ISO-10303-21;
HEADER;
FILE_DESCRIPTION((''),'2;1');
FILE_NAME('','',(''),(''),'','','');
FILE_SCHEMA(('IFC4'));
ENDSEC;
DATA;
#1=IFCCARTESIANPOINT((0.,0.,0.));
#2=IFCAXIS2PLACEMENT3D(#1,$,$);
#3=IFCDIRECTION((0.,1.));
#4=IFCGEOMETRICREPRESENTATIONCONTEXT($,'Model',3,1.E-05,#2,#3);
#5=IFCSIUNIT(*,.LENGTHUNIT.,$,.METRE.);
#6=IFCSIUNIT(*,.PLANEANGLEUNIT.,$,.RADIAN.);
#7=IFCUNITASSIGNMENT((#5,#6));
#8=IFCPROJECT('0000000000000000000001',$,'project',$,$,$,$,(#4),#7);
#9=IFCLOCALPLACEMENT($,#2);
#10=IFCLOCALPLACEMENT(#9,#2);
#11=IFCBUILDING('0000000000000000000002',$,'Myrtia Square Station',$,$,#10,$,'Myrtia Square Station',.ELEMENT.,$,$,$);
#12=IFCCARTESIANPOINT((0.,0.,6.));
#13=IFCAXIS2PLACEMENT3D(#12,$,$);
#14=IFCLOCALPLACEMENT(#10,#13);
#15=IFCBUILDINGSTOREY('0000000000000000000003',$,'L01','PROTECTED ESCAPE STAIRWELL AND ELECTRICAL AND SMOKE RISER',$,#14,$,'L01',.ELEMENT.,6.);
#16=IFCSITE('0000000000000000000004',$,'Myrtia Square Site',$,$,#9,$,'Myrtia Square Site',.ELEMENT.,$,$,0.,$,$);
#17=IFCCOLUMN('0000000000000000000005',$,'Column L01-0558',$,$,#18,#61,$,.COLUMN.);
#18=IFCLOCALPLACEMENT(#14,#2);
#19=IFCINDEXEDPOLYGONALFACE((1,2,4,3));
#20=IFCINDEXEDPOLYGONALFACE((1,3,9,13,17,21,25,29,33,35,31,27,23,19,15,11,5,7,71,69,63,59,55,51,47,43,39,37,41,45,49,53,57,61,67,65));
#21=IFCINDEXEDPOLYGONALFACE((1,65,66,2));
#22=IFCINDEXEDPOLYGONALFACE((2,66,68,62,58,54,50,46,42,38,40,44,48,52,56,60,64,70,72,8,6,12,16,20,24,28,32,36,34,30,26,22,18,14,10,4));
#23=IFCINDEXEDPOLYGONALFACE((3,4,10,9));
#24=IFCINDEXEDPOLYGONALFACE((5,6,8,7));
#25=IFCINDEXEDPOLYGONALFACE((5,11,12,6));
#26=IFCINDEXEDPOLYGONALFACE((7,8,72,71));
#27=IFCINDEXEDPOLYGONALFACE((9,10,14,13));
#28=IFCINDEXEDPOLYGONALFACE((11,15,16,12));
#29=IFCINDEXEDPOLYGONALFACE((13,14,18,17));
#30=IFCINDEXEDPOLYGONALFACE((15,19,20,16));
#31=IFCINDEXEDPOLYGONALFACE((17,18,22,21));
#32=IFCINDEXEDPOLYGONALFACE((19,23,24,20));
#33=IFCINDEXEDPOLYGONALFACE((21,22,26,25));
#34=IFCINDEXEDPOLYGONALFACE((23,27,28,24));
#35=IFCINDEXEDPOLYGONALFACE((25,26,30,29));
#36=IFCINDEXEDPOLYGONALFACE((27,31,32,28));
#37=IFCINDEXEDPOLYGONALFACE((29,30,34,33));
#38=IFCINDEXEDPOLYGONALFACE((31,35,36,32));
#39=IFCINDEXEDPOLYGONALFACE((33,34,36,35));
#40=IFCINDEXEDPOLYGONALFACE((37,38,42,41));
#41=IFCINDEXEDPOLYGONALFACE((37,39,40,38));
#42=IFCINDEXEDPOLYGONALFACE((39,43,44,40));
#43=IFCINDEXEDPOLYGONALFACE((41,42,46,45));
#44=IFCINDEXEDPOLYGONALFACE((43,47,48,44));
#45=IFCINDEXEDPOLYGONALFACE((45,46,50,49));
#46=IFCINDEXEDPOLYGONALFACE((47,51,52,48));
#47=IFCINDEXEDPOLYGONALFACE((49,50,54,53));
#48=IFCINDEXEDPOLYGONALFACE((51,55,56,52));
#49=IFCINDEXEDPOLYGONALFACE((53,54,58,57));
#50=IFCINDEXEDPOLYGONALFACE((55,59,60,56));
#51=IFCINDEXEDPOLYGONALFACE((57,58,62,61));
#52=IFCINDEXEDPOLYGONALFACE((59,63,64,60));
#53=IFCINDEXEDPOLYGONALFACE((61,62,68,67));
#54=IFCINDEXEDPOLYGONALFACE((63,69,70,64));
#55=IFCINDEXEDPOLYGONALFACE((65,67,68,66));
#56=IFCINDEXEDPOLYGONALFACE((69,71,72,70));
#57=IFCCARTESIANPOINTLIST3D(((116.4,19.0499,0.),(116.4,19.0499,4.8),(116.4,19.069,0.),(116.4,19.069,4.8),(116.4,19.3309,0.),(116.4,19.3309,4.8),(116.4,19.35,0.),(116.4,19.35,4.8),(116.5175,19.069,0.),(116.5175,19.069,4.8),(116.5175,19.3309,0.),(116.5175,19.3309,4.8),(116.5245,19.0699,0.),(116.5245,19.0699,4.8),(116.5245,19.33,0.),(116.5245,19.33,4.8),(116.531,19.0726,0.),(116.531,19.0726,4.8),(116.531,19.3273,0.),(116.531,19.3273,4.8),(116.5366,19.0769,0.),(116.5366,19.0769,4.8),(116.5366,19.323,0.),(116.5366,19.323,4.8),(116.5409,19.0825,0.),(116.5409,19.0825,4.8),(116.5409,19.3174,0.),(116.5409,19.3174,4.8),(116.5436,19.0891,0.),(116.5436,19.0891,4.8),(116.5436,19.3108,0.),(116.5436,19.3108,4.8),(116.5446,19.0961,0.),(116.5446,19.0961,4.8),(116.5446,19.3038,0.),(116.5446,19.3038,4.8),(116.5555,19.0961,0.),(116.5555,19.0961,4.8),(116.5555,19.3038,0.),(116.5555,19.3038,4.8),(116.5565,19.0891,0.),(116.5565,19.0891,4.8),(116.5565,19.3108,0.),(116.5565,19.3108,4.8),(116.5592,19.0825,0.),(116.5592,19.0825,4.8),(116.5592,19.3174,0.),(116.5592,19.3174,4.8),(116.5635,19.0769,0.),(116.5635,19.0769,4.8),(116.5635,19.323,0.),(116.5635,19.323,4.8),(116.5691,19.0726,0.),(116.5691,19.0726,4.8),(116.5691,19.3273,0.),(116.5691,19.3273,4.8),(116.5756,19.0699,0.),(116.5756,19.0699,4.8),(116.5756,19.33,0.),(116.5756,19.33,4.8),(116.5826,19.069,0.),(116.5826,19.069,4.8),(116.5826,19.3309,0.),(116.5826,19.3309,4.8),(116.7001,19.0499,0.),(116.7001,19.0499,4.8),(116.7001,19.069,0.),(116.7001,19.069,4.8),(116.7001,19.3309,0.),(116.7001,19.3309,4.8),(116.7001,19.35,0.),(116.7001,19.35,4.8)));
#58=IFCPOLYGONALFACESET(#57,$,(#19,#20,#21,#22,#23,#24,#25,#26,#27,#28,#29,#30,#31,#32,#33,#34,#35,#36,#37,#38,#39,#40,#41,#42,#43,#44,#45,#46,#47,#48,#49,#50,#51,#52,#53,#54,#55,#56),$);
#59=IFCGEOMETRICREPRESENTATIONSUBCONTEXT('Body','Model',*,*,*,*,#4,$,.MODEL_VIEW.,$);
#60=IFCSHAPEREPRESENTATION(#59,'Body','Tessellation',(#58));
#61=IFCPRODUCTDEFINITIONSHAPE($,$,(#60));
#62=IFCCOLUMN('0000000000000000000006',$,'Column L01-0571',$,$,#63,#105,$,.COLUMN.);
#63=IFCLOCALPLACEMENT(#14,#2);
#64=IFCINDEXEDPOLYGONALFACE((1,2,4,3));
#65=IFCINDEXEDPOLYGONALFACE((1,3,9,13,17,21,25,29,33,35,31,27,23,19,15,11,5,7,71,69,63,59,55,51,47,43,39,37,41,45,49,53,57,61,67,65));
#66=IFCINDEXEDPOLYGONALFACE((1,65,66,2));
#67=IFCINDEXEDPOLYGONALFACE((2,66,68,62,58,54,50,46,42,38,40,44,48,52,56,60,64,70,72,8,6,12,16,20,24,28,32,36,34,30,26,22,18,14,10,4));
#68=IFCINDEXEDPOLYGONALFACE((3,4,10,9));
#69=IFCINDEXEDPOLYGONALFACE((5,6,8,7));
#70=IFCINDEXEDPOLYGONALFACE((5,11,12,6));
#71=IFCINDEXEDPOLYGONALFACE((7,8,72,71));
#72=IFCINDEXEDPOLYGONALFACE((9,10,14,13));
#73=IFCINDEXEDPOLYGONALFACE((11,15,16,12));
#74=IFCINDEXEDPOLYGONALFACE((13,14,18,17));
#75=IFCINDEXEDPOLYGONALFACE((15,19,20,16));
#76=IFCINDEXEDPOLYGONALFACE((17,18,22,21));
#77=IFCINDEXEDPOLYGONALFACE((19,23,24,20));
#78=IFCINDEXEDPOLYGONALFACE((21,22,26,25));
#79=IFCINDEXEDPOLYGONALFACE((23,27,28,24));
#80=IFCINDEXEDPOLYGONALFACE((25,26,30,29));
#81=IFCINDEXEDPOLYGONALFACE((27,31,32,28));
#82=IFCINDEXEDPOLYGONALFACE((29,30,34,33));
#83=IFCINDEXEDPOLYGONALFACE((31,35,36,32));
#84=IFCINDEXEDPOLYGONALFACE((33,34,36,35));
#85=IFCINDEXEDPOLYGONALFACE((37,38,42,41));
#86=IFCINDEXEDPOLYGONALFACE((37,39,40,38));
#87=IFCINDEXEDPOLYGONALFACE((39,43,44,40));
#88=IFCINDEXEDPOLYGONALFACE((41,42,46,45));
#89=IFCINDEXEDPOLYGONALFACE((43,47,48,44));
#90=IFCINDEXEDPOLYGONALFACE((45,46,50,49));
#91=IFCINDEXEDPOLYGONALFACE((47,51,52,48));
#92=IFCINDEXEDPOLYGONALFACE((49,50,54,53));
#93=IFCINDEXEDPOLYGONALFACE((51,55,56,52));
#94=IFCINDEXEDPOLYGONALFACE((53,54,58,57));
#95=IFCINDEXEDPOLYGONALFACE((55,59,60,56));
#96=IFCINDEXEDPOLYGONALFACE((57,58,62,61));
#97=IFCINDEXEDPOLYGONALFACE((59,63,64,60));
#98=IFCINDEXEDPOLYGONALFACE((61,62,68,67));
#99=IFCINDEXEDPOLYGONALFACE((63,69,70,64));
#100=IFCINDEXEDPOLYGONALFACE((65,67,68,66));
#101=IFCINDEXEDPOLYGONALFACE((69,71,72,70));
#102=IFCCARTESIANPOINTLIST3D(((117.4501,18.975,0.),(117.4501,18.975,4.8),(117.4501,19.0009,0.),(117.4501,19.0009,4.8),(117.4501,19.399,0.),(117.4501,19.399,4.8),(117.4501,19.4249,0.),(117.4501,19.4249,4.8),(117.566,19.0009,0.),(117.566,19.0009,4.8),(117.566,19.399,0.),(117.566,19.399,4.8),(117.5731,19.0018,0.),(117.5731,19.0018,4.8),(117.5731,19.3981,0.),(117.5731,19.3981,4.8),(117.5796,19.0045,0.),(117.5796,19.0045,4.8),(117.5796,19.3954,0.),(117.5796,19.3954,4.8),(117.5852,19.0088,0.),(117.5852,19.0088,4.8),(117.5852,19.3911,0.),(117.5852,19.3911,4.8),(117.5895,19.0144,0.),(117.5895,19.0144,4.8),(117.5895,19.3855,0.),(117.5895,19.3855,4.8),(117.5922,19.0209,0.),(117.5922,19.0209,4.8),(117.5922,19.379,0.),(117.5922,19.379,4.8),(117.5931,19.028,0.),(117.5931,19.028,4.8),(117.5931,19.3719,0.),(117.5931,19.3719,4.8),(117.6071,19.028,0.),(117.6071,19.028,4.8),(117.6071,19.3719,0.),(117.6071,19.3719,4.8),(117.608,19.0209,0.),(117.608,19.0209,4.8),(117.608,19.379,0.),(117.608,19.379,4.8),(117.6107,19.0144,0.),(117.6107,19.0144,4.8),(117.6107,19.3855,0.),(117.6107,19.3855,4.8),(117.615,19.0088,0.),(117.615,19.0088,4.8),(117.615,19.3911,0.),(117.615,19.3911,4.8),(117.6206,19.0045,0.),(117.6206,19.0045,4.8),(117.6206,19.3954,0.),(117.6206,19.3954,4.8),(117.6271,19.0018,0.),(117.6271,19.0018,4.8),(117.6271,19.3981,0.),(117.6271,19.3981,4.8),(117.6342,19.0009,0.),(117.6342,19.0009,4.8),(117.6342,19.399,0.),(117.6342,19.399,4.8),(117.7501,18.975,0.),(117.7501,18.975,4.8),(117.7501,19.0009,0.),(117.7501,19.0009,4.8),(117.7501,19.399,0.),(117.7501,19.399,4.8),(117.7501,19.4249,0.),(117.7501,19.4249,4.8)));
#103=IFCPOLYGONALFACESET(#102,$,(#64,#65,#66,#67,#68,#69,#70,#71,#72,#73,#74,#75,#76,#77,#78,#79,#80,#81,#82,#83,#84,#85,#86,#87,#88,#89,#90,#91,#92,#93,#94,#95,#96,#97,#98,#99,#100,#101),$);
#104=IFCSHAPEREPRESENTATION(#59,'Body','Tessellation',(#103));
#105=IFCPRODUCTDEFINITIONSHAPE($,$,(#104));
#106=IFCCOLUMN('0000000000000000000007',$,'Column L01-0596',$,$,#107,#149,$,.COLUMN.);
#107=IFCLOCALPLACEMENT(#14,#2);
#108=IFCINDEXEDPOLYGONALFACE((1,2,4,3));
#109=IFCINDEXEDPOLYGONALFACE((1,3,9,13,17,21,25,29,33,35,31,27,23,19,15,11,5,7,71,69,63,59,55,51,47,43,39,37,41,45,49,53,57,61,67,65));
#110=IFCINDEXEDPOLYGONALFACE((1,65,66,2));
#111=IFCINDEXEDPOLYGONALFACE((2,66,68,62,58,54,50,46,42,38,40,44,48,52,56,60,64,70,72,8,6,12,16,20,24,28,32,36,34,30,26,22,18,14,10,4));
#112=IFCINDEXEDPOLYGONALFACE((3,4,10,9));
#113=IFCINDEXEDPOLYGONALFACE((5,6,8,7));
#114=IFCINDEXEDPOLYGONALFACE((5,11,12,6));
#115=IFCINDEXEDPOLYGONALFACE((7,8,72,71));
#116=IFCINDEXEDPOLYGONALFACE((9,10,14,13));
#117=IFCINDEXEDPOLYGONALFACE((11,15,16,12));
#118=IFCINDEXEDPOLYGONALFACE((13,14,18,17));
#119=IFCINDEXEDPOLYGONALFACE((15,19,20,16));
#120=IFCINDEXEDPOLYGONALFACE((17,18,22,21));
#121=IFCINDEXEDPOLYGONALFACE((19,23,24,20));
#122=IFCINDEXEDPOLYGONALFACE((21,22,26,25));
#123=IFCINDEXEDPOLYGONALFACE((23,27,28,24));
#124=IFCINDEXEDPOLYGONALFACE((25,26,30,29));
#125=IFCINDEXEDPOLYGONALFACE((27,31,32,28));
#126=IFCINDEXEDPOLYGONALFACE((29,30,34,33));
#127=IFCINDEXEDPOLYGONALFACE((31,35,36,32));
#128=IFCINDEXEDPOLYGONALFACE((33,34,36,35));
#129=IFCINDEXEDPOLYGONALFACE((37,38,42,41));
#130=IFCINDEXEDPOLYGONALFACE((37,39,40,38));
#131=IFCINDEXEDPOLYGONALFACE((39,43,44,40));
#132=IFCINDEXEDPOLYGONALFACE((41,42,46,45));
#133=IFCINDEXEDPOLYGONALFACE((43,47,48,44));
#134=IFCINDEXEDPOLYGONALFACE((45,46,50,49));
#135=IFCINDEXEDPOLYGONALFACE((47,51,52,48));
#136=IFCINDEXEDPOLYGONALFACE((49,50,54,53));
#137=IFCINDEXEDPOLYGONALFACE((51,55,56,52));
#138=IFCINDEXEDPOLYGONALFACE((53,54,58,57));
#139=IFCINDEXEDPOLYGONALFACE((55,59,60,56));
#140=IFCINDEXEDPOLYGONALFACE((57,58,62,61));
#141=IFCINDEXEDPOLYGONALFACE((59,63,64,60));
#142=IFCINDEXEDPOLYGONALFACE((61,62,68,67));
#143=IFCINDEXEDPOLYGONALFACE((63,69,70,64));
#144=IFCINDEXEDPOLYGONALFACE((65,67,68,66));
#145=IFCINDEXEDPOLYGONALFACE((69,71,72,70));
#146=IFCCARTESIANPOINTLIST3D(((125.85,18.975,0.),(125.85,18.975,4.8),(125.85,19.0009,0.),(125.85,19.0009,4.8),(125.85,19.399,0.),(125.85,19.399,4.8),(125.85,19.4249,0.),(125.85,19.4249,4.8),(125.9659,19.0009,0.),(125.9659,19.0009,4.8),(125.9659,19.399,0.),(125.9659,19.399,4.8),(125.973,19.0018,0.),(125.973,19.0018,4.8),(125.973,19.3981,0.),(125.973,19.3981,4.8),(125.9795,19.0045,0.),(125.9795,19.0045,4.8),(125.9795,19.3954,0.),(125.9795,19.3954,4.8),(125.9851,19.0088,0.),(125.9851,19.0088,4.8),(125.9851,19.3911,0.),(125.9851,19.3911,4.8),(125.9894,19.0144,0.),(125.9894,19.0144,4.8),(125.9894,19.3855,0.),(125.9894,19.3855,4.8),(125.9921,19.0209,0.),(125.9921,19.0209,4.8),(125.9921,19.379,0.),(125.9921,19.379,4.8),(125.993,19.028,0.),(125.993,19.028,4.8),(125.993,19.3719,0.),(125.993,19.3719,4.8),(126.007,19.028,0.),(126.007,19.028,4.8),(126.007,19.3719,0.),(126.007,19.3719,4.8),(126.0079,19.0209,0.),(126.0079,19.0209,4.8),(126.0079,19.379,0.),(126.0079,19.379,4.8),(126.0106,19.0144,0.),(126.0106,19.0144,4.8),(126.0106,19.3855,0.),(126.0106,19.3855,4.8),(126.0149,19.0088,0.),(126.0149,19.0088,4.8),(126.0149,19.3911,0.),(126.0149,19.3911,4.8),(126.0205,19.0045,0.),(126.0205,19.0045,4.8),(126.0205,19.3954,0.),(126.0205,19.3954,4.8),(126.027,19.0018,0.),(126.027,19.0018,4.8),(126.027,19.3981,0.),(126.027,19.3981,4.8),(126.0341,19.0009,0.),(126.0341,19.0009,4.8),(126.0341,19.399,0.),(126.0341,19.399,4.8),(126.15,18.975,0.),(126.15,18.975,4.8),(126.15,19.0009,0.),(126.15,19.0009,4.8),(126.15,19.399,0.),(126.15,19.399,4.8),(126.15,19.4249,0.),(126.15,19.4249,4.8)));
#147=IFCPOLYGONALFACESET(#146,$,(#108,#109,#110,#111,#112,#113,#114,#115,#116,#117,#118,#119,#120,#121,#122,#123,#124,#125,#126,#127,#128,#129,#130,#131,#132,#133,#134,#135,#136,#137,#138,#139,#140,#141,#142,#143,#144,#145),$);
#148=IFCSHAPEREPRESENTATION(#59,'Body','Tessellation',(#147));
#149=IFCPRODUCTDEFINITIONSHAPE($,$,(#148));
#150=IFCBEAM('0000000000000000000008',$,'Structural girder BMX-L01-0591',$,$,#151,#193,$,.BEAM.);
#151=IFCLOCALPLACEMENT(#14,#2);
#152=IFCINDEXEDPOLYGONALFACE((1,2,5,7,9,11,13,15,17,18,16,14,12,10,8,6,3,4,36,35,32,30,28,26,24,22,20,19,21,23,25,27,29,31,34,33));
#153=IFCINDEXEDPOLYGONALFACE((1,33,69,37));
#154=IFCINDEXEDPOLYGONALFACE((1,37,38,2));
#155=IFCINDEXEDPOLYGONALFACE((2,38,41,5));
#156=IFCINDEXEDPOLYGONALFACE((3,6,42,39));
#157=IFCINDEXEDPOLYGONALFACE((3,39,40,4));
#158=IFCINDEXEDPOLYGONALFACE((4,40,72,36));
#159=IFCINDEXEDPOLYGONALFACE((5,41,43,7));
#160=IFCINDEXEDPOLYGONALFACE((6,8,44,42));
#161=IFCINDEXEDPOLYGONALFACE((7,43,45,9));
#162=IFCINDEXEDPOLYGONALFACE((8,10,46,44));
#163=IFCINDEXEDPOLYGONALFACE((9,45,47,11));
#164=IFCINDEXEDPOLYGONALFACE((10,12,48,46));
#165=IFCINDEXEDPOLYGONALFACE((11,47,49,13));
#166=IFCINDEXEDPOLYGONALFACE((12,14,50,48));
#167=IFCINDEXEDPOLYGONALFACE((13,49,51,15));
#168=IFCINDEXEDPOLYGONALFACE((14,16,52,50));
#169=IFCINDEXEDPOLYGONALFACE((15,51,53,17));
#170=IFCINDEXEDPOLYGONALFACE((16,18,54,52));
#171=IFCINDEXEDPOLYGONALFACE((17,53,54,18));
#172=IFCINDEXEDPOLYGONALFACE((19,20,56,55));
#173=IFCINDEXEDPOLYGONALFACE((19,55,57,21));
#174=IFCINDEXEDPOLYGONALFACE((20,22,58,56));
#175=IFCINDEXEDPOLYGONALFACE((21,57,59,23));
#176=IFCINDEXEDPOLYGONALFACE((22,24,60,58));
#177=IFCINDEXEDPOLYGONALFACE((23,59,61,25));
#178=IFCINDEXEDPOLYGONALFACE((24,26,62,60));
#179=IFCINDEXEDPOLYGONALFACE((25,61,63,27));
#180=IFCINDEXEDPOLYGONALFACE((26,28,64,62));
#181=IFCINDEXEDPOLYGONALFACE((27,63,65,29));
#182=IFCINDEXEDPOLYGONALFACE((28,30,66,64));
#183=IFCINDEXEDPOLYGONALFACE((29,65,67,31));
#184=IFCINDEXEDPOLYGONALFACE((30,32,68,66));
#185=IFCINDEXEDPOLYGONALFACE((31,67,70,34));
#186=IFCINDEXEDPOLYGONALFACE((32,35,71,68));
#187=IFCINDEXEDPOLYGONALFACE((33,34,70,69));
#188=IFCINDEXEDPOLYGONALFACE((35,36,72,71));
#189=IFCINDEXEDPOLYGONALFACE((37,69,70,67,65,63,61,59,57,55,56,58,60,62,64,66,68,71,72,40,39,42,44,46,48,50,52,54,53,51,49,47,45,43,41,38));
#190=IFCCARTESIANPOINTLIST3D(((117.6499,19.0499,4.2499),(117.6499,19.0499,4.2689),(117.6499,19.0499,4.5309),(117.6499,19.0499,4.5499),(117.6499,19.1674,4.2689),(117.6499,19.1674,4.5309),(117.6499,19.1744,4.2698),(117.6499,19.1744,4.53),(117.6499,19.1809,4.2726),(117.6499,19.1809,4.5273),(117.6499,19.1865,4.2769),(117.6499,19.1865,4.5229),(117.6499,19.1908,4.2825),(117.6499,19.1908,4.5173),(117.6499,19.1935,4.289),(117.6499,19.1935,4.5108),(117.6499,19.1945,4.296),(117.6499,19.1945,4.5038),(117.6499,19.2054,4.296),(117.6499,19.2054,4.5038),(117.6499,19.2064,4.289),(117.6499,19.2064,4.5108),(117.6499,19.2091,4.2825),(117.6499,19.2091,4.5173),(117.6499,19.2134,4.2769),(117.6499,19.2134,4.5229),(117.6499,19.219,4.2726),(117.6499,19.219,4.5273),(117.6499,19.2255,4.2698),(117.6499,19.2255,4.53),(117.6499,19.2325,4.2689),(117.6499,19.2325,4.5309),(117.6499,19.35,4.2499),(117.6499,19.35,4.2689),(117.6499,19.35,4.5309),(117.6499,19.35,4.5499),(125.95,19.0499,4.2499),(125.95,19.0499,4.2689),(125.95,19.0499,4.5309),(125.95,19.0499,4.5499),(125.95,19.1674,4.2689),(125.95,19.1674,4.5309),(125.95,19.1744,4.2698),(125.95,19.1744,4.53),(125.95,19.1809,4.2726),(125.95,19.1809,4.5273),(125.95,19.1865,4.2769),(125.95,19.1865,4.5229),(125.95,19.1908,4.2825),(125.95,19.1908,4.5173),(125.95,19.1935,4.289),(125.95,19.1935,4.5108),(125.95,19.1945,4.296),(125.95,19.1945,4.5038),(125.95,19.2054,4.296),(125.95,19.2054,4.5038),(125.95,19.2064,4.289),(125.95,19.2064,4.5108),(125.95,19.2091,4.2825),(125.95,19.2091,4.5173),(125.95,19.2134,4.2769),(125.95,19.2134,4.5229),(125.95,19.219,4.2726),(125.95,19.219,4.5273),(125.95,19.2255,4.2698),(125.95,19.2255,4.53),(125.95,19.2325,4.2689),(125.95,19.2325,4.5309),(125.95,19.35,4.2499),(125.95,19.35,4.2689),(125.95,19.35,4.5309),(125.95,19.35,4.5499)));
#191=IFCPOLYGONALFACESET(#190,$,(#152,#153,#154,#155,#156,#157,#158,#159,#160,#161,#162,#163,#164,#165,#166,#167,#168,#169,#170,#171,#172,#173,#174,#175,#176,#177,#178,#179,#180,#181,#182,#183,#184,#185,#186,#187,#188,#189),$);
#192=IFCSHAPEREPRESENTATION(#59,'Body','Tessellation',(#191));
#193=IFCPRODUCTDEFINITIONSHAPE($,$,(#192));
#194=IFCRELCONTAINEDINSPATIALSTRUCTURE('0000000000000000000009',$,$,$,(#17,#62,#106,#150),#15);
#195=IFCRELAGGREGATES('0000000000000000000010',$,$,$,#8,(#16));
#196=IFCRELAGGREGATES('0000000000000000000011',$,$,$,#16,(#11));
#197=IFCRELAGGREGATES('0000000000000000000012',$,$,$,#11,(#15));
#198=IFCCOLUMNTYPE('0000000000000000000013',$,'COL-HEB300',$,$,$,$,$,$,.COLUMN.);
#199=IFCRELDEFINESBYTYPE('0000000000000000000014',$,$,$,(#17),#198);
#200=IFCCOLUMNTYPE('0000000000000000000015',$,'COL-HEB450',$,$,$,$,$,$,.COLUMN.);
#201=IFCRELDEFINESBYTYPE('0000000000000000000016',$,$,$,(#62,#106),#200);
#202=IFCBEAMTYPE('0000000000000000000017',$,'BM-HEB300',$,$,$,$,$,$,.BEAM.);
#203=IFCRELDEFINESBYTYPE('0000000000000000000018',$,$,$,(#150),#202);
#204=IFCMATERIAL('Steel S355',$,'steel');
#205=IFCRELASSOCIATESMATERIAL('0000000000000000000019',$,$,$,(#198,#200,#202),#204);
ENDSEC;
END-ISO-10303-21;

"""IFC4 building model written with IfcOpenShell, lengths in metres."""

from ifc_helpers import new_model, si_unit, direction, frame, origin, origin_2d, place, context, subcontext, project, spatial, i_section, extrude, material, material_profile, profile_set, type_object, element, save


model = new_model("IFC4")

# Units and contexts
model_context = context("Model", 3, precision=1e-05, world=origin(), true_north=direction((0.0, 1.0)))
body_context = subcontext(model_context, "Body", "Model", "MODEL_VIEW")
ifc_project = project(units=[si_unit("LENGTHUNIT", "METRE"), si_unit("PLANEANGLEUNIT", "RADIAN")], contexts=[model_context])

# Site, building, storey
site_placement = place(None, origin())
site = spatial("IfcSite", under=ifc_project, at=site_placement, Name="Myrtia Square Site", LongName="Myrtia Square Site", CompositionType="ELEMENT", RefElevation=0.0)
building_placement = place(site_placement, origin())
building = spatial("IfcBuilding", under=site, at=building_placement, Name="Myrtia Square Station", LongName="Myrtia Square Station", CompositionType="ELEMENT")
storey_placement = place(building_placement, frame((0.0, 0.0, 6.0)))
storey = spatial("IfcBuildingStorey", under=building, at=storey_placement, Name="L01", Description="PROTECTED ESCAPE STAIRWELL AND ELECTRICAL AND SMOKE RISER", LongName="L01", CompositionType="ELEMENT", Elevation=6.0)

# Columns
ifc_material_1 = material(Name="Steel S355", Category="steel")
ifc_material_profile_1 = material_profile(ifc_material_1, i_section(OverallWidth=0.3, OverallDepth=0.3, WebThickness=0.011, FlangeThickness=0.019, FilletRadius=0.0271, at=origin_2d()), Name="HEB 300")
ifc_profile_set_1 = profile_set([ifc_material_profile_1], Name="Steel S355")
column_type_1 = type_object("IfcColumnType", Name="COL-HEB300", PredefinedType="COLUMN", material=ifc_profile_set_1)
column_placement = place(storey_placement, frame((116.55, 19.2, 0.0), z_axis=(0.0, 0.0, 1.0), x_axis=(1.0, 0.0, 0.0)))
element("IfcColumn", 1, at=column_placement, inside=storey, type_object=column_type_1, Name="Column L01-0558", PredefinedType="COLUMN", context=body_context, shape_type="SweptSolid", body=[
    extrude(i_section(OverallWidth=0.3, OverallDepth=0.3, WebThickness=0.011, FlangeThickness=0.019, FilletRadius=0.0271, at=origin_2d()), origin(), (0.0, 0.0, 1.0), 4.8),
])
ifc_material_profile_2 = material_profile(ifc_material_1, i_section(OverallWidth=0.3, OverallDepth=0.45, WebThickness=0.0139, FlangeThickness=0.0259, FilletRadius=0.0271, at=origin_2d()), Name="HEB 450")
ifc_profile_set_2 = profile_set([ifc_material_profile_2], Name="Steel S355")
column_type_2 = type_object("IfcColumnType", Name="COL-HEB450", PredefinedType="COLUMN", material=ifc_profile_set_2)
for number, where, z_axis, x_axis, name in (
    (2, (117.6001, 19.2, 0.0), (0.0, 0.0, 1.0), (1.0, 0.0, 0.0), "Column L01-0571"),
    (3, (126.0, 19.2, 0.0), (0.0, 0.0, 1.0), (1.0, 0.0, 0.0), "Column L01-0596"),
):
    element("IfcColumn", number, at=place(storey_placement, frame(where, z_axis=z_axis, x_axis=x_axis)), inside=storey, type_object=column_type_2, Name=name, PredefinedType="COLUMN", context=body_context, shape_type="SweptSolid", body=[
        extrude(i_section(OverallWidth=0.3, OverallDepth=0.45, WebThickness=0.0139, FlangeThickness=0.0259, FilletRadius=0.0271, at=origin_2d()), origin(), (0.0, 0.0, 1.0), 4.8),
    ])

# Beam
ifc_material_profile_3 = material_profile(ifc_material_1, i_section(OverallWidth=0.3, OverallDepth=0.3, WebThickness=0.011, FlangeThickness=0.019, FilletRadius=0.0271, at=origin_2d()), Name="HEB 300")
ifc_profile_set_3 = profile_set([ifc_material_profile_3], Name="Steel S355")
beam_type = type_object("IfcBeamType", Name="BM-HEB300", PredefinedType="BEAM", material=ifc_profile_set_3)
beam_placement = place(storey_placement, frame((117.6499, 19.2, 4.3999), z_axis=(1.0, 0.0, 0.0), x_axis=(0.0, 1.0, 0.0)))
element("IfcBeam", 4, at=beam_placement, inside=storey, type_object=beam_type, Name="Structural girder BMX-L01-0591", PredefinedType="BEAM", context=body_context, shape_type="SweptSolid", body=[
    extrude(i_section(OverallWidth=0.3, OverallDepth=0.3, WebThickness=0.011, FlangeThickness=0.019, FilletRadius=0.0271, at=origin_2d()), origin(), (0.0, 0.0, 1.0), 8.3),
])

save(model, "model.ifc")
